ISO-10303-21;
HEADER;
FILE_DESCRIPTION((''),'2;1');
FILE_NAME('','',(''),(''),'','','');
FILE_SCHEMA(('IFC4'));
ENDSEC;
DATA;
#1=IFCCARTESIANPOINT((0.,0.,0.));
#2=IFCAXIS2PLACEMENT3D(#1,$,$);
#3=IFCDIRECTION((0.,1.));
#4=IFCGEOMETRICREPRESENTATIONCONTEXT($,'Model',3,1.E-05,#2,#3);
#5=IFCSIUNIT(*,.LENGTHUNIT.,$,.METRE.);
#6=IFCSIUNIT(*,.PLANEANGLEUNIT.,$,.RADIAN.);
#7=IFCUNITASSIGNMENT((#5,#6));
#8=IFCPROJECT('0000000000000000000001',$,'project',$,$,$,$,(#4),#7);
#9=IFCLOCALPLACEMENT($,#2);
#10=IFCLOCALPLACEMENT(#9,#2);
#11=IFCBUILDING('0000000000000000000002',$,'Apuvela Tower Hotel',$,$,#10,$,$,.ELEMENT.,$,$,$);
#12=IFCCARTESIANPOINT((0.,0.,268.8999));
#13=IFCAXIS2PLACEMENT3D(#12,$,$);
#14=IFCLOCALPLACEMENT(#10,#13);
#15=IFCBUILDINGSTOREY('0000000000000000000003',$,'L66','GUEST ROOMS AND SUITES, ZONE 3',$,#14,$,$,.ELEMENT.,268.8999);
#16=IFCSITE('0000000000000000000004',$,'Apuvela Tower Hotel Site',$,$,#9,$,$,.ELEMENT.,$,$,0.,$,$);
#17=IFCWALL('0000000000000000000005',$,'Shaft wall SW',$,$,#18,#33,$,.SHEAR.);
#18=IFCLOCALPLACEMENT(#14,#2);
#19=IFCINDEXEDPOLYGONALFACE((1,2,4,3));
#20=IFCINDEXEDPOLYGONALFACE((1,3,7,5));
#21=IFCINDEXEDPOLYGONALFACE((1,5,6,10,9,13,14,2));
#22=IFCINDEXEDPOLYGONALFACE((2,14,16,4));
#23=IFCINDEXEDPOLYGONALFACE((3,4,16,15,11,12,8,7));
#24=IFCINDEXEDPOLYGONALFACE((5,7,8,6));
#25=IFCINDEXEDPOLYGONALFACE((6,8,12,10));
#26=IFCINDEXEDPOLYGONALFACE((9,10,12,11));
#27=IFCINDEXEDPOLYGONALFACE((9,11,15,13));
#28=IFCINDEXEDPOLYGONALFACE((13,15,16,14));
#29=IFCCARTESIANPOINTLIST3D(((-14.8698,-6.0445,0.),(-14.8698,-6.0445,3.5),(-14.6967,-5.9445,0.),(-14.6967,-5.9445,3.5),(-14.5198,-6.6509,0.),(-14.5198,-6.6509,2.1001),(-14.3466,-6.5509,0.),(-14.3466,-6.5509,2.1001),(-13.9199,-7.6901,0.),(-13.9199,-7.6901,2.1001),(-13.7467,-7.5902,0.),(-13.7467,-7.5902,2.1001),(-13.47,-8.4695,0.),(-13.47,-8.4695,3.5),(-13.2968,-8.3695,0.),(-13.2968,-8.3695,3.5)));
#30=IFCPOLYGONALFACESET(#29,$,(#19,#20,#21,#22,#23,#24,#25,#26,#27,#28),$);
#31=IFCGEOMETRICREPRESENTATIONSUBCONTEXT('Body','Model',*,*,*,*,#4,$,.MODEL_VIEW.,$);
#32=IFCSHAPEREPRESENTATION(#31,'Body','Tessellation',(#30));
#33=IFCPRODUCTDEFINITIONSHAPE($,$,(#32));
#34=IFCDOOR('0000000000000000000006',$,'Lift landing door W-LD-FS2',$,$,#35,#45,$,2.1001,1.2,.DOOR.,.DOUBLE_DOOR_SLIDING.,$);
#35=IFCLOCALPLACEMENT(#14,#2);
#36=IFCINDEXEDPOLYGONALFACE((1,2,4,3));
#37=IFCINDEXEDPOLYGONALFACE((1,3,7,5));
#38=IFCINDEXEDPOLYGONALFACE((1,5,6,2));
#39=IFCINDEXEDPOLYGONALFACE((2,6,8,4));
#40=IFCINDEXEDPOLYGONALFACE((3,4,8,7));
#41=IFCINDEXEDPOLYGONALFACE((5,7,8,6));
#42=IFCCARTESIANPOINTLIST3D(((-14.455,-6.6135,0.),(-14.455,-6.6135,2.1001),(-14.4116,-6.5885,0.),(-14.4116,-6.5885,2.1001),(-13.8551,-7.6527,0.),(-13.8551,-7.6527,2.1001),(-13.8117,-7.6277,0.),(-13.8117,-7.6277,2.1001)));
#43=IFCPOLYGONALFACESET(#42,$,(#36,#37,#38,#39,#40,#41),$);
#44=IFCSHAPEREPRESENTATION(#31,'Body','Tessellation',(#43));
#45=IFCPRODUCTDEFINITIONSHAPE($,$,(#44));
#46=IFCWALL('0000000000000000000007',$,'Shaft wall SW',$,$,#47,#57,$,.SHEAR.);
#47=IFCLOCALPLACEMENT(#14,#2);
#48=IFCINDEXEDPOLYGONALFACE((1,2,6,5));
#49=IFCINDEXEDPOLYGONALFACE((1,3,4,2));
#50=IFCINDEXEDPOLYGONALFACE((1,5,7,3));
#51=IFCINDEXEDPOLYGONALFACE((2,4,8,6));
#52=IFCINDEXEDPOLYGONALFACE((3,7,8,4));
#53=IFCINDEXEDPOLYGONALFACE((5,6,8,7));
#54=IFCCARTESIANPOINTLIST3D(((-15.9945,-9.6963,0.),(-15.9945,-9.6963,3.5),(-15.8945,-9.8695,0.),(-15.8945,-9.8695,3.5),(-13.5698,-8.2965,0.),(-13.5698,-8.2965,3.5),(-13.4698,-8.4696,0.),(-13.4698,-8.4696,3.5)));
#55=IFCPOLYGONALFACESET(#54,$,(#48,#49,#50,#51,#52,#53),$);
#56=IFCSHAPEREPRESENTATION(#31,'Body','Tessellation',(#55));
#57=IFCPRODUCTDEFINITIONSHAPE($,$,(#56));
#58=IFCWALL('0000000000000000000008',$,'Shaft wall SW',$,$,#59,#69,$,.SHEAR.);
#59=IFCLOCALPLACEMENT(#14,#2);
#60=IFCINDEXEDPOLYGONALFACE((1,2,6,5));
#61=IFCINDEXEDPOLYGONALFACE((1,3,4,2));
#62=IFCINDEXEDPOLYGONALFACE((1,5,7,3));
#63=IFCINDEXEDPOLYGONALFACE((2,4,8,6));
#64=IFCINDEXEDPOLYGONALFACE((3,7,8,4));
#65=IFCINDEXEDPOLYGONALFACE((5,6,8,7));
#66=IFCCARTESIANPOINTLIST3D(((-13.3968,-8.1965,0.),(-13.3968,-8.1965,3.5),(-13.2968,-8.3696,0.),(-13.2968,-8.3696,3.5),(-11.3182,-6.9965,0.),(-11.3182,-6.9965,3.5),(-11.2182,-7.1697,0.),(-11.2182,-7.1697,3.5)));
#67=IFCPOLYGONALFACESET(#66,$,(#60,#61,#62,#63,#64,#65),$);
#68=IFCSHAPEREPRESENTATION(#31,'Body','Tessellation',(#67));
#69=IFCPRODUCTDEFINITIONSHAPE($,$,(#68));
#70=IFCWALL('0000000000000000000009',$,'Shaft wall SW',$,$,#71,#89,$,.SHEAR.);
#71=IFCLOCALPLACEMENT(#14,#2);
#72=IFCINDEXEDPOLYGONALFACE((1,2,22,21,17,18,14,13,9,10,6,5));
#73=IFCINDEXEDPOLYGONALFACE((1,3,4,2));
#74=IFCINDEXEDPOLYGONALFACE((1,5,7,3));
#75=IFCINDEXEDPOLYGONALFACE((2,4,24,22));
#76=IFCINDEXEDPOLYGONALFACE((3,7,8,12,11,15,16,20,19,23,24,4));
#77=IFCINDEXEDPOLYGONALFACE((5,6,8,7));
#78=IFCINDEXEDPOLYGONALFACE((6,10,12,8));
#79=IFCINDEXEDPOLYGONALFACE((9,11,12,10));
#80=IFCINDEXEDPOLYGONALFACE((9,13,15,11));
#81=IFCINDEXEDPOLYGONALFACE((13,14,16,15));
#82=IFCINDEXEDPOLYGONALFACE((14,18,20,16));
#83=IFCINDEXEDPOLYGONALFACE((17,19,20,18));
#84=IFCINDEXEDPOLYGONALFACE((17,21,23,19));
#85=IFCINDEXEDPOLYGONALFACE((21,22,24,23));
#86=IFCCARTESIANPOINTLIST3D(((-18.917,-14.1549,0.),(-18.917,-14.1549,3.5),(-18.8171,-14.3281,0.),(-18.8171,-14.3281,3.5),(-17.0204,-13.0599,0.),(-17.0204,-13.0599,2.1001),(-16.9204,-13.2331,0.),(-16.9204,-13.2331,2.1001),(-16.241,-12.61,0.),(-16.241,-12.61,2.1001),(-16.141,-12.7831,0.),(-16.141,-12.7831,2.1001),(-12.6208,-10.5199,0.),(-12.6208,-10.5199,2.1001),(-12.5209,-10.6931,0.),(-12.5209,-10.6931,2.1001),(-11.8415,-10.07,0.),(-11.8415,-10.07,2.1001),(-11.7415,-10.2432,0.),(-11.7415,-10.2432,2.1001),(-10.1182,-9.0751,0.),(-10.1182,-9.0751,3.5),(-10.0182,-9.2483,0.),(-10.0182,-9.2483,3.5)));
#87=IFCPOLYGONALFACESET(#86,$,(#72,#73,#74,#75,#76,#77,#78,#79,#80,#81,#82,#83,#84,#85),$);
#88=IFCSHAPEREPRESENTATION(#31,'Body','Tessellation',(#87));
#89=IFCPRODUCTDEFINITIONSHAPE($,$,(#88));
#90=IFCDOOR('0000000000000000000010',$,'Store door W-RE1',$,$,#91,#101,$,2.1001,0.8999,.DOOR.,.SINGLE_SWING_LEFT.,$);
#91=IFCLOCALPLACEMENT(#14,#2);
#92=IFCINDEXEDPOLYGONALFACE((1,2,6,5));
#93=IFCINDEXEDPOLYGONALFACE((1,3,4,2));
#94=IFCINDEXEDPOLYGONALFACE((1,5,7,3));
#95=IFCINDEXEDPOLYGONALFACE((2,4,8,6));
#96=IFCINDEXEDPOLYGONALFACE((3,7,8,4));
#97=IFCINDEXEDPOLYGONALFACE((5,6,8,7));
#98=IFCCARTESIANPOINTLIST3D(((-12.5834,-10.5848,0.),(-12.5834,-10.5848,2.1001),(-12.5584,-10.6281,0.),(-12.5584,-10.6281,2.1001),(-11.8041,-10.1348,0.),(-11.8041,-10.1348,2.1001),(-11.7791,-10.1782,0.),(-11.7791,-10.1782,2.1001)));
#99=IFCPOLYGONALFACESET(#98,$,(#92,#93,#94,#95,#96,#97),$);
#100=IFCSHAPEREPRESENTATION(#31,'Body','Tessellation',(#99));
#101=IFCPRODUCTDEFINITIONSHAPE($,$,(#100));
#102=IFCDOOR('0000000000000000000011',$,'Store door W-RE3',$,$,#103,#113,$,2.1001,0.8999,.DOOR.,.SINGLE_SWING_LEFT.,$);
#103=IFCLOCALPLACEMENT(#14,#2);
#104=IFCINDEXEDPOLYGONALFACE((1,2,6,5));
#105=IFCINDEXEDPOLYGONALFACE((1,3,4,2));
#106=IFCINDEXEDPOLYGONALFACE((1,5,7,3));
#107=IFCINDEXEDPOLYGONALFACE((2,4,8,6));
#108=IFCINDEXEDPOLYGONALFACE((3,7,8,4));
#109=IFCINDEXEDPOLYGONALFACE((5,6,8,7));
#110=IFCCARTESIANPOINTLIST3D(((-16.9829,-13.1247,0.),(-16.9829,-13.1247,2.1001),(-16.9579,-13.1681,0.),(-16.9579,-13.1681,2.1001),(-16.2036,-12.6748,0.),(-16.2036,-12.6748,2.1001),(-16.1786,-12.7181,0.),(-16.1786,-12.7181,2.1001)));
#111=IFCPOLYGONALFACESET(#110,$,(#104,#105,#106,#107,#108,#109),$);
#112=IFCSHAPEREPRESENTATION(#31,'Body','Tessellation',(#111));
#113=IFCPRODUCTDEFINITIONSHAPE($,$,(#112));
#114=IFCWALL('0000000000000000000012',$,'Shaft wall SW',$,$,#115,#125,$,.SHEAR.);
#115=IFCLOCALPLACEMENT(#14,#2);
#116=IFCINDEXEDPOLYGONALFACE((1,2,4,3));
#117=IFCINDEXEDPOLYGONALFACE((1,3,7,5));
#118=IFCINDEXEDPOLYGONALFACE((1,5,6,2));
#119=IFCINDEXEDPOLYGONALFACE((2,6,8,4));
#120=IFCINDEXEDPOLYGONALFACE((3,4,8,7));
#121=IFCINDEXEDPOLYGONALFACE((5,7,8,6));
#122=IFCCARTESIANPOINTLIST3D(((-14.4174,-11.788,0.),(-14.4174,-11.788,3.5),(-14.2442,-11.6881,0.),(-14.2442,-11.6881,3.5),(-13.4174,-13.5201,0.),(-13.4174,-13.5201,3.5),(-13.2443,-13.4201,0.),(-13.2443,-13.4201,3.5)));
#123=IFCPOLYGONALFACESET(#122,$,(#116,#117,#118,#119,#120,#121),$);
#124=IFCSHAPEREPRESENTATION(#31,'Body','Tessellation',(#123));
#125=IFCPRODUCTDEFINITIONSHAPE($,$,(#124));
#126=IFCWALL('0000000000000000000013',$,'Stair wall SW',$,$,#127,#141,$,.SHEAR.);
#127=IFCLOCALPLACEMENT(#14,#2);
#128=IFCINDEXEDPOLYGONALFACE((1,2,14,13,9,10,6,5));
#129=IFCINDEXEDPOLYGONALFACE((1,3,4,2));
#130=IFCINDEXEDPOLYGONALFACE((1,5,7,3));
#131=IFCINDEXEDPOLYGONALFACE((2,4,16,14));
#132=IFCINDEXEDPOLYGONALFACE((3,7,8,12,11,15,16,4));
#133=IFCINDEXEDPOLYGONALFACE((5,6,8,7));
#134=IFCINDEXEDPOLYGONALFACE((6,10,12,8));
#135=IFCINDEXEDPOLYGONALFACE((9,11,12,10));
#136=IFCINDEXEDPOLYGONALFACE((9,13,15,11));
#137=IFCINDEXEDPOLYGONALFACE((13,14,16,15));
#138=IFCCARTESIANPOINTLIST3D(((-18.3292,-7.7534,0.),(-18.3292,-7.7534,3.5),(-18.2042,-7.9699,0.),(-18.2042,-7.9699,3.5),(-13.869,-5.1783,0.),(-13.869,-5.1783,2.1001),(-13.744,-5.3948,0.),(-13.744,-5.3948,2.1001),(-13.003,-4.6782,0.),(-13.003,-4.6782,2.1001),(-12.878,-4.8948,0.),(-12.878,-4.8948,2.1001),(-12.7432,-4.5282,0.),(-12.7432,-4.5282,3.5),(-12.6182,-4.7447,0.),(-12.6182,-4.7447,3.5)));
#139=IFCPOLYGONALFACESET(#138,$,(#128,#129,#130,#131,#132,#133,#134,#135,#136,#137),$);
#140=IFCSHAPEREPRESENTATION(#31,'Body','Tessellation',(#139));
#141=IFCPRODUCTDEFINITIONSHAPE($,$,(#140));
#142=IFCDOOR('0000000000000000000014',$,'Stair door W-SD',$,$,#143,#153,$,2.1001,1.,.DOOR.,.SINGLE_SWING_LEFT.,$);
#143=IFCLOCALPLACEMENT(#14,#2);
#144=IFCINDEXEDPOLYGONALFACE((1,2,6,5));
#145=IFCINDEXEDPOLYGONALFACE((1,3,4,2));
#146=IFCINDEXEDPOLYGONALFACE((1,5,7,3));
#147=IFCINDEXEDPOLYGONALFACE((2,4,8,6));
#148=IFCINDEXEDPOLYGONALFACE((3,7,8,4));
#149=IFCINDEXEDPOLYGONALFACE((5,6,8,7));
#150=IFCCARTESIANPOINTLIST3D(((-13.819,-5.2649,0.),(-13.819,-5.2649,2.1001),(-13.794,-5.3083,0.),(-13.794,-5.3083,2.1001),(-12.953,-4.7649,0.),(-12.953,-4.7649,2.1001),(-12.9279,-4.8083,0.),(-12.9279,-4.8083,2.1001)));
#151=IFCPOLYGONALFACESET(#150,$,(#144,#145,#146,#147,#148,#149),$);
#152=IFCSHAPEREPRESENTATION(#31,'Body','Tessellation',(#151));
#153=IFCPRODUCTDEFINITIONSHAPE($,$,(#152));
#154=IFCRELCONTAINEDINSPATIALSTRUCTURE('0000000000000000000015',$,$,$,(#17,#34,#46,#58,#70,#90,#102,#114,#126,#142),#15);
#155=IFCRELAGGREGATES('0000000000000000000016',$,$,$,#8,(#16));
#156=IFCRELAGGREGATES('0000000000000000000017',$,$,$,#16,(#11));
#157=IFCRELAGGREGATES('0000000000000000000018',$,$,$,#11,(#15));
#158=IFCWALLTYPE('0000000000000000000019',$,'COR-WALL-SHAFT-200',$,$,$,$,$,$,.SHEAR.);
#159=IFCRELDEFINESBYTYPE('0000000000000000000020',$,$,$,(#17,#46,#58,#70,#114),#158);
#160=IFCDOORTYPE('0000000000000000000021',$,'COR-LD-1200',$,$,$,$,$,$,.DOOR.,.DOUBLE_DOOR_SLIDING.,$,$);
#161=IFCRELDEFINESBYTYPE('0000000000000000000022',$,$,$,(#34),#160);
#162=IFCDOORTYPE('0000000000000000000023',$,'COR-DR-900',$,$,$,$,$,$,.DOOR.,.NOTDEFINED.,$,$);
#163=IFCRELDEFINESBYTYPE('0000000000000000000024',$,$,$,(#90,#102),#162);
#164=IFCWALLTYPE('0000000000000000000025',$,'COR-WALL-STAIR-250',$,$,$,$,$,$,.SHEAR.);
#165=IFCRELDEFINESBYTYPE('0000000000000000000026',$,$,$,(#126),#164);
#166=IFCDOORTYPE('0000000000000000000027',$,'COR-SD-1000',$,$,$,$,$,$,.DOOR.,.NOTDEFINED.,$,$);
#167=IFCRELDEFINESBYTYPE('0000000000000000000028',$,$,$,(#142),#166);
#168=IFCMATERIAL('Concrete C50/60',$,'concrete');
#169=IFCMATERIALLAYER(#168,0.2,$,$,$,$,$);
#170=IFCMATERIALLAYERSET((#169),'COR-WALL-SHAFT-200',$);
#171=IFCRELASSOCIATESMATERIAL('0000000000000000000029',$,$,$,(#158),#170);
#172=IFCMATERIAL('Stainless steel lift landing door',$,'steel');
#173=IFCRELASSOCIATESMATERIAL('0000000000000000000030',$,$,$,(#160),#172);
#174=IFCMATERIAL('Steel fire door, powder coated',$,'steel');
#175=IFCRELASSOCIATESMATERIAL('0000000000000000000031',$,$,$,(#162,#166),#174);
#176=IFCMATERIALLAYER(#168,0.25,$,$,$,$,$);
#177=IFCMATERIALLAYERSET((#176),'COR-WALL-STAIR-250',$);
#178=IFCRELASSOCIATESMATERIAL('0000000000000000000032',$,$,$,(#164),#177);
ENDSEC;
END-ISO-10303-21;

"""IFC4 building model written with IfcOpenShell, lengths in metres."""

from ifc_helpers import new_model, si_unit, direction, frame, frame_2d, origin, place, context, subcontext, project, spatial, rectangle, extrude, material, layer, layer_set, type_object, element, fill, save


model = new_model("IFC4")

# Units and contexts
model_context = context("Model", 3, precision=1e-05, world=origin(), true_north=direction((0.0, 1.0)))
body_context = subcontext(model_context, "Body", "Model", "MODEL_VIEW")
ifc_project = project(units=[si_unit("LENGTHUNIT", "METRE"), si_unit("PLANEANGLEUNIT", "RADIAN")], contexts=[model_context])

# Site, building, storey
site_placement = place(None, origin())
site = spatial("IfcSite", under=ifc_project, at=site_placement, Name="Apuvela Tower Hotel Site", CompositionType="ELEMENT", RefElevation=0.0)
building_placement = place(site_placement, origin())
building = spatial("IfcBuilding", under=site, at=building_placement, Name="Apuvela Tower Hotel", CompositionType="ELEMENT")
storey_placement = place(building_placement, frame((0.0, 0.0, 268.8999)))
storey = spatial("IfcBuildingStorey", under=building, at=storey_placement, Name="L66", Description="GUEST ROOMS AND SUITES, ZONE 3", CompositionType="ELEMENT", Elevation=268.8999)

# Shared definitions
ifc_material_1 = material(Name="Concrete C50/60", Category="concrete")
ifc_material_2 = material(Name="Steel fire door, powder coated", Category="steel")

# Wall, opening, door
ifc_layer_1 = layer(ifc_material_1, 0.2)
ifc_layer_set_1 = layer_set([ifc_layer_1], Name="COR-WALL-SHAFT-200")
wall_type_1 = type_object("IfcWallType", Name="COR-WALL-SHAFT-200", PredefinedType="SHEAR", material=ifc_layer_set_1)
wall_1_placement = place(storey_placement, frame((-14.7832, -5.9946, 0.0), z_axis=(0.0, 0.0, 1.0), x_axis=(0.499946, -0.866056, 0.0)))
wall_1 = element("IfcWall", 1, at=wall_1_placement, inside=storey, type_object=wall_type_1, Name="Shaft wall SW", PredefinedType="SHEAR", context=body_context, shape_type="SweptSolid", body=[
    extrude(rectangle(XDim=2.8, YDim=0.2, at=frame_2d((1.3999, 0.0))), origin(), (0.0, 0.0, 1.0), 3.5),
])
opening_1_placement = place(wall_1_placement, frame((0.7, 0.0, 0.0)))
opening_1 = element("IfcOpeningElement", 2, at=opening_1_placement, cuts=wall_1, PredefinedType="OPENING", context=body_context, shape_type="SweptSolid", body=[
    extrude(rectangle(XDim=1.2, YDim=2.1001, at=frame_2d((0.6001, 1.05))), frame((0.0, 0.1099, 0.0), z_axis=(0.0, -1.0, 0.0), x_axis=(1.0, 0.0, 0.0)), (0.0, 0.0, 1.0), 0.22),
])
ifc_material_3 = material(Name="Stainless steel lift landing door", Category="steel")
door_type_1 = type_object("IfcDoorType", Name="COR-LD-1200", OperationType="DOUBLE_DOOR_SLIDING", PredefinedType="DOOR", material=ifc_material_3)
door_1_placement = place(opening_1_placement, origin())
door_1 = element("IfcDoor", 3, at=door_1_placement, inside=storey, type_object=door_type_1, Name="Lift landing door W-LD-FS2", OperationType="DOUBLE_DOOR_SLIDING", OverallHeight=2.1001, OverallWidth=1.2, PredefinedType="DOOR", context=body_context, shape_type="SweptSolid", body=[
    extrude(rectangle(XDim=1.2, YDim=2.1001, at=frame_2d((0.6001, 1.05))), frame((0.0, 0.0249, 0.0), z_axis=(0.0, -1.0, 0.0), x_axis=(1.0, 0.0, 0.0)), (0.0, 0.0, 1.0), 0.05),
])
fill(opening_1, door_1)

# Walls
wall_2_placement = place(storey_placement, frame((-13.5198, -8.3831, 0.0), z_axis=(0.0, 0.0, 1.0), x_axis=(-0.866035, -0.499984, 0.0)))
element("IfcWall", 4, at=wall_2_placement, inside=storey, type_object=wall_type_1, Name="Shaft wall SW", PredefinedType="SHEAR", context=body_context, shape_type="SweptSolid", body=[
    extrude(rectangle(XDim=2.7998, YDim=0.2, at=frame_2d((1.3999, 0.0))), origin(), (0.0, 0.0, 1.0), 3.5),
])
wall_3_placement = place(storey_placement, frame((-11.2681, -7.083, 0.0), z_axis=(0.0, 0.0, 1.0), x_axis=(-0.86605, -0.499957, 0.0)))
element("IfcWall", 5, at=wall_3_placement, inside=storey, type_object=wall_type_1, Name="Shaft wall SW", PredefinedType="SHEAR", context=body_context, shape_type="SweptSolid", body=[
    extrude(rectangle(XDim=2.4001, YDim=0.2, at=frame_2d((1.2002, 0.0))), origin(), (0.0, 0.0, 1.0), 3.5),
])

# Wall, openings, doors
wall_4_placement = place(storey_placement, frame((-10.0681, -9.1616, 0.0), z_axis=(0.0, 0.0, 1.0), x_axis=(-0.866033, -0.499987, 0.0)))
wall_4 = element("IfcWall", 6, at=wall_4_placement, inside=storey, type_object=wall_type_1, Name="Shaft wall SW", PredefinedType="SHEAR", context=body_context, shape_type="SweptSolid", body=[
    extrude(rectangle(XDim=10.1599, YDim=0.2, at=frame_2d((5.0801, 0.0))), origin(), (0.0, 0.0, 1.0), 3.5),
])
opening_2_placement = place(wall_4_placement, frame((1.99, 0.0, 0.0)))
opening_2 = element("IfcOpeningElement", 7, at=opening_2_placement, cuts=wall_4, PredefinedType="OPENING", context=body_context, shape_type="SweptSolid", body=[
    extrude(rectangle(XDim=0.8999, YDim=2.1001, at=frame_2d((0.45, 1.05))), frame((0.0, 0.1099, 0.0), z_axis=(0.0, -1.0, 0.0), x_axis=(1.0, 0.0, 0.0)), (0.0, 0.0, 1.0), 0.22),
])
opening_3_placement = place(wall_4_placement, frame((7.0701, 0.0, 0.0)))
opening_3 = element("IfcOpeningElement", 8, at=opening_3_placement, cuts=wall_4, PredefinedType="OPENING", context=body_context, shape_type="SweptSolid", body=[
    extrude(rectangle(XDim=0.8999, YDim=2.1001, at=frame_2d((0.45, 1.05))), frame((0.0, 0.1099, 0.0), z_axis=(0.0, -1.0, 0.0), x_axis=(1.0, 0.0, 0.0)), (0.0, 0.0, 1.0), 0.22),
])
door_type_2 = type_object("IfcDoorType", Name="COR-DR-900", OperationType="NOTDEFINED", PredefinedType="DOOR", material=ifc_material_2)
door_2_placement = place(opening_2_placement, origin())
door_2 = element("IfcDoor", 9, at=door_2_placement, inside=storey, type_object=door_type_2, Name="Store door W-RE1", OperationType="SINGLE_SWING_LEFT", OverallHeight=2.1001, OverallWidth=0.8999, PredefinedType="DOOR", context=body_context, shape_type="SweptSolid", body=[
    extrude(rectangle(XDim=0.8999, YDim=2.1001, at=frame_2d((0.45, 1.05))), frame((0.0, 0.0249, 0.0), z_axis=(0.0, -1.0, 0.0), x_axis=(1.0, 0.0, 0.0)), (0.0, 0.0, 1.0), 0.05),
])
fill(opening_2, door_2)
door_3_placement = place(opening_3_placement, origin())
door_3 = element("IfcDoor", 10, at=door_3_placement, inside=storey, type_object=door_type_2, Name="Store door W-RE3", OperationType="SINGLE_SWING_LEFT", OverallHeight=2.1001, OverallWidth=0.8999, PredefinedType="DOOR", context=body_context, shape_type="SweptSolid", body=[
    extrude(rectangle(XDim=0.8999, YDim=2.1001, at=frame_2d((0.45, 1.05))), frame((0.0, 0.0249, 0.0), z_axis=(0.0, -1.0, 0.0), x_axis=(1.0, 0.0, 0.0)), (0.0, 0.0, 1.0), 0.05),
])
fill(opening_3, door_3)

# Wall
wall_5_placement = place(storey_placement, frame((-14.3308, -11.738, 0.0), z_axis=(0.0, 0.0, 1.0), x_axis=(0.499973, -0.866041, 0.0)))
element("IfcWall", 11, at=wall_5_placement, inside=storey, type_object=wall_type_1, Name="Shaft wall SW", PredefinedType="SHEAR", context=body_context, shape_type="SweptSolid", body=[
    extrude(rectangle(XDim=2.0, YDim=0.2, at=frame_2d((1.0, 0.0))), origin(), (0.0, 0.0, 1.0), 3.5),
])

# Wall, opening, door
ifc_layer_2 = layer(ifc_material_1, 0.25)
ifc_layer_set_2 = layer_set([ifc_layer_2], Name="COR-WALL-STAIR-250")
wall_type_2 = type_object("IfcWallType", Name="COR-WALL-STAIR-250", PredefinedType="SHEAR", material=ifc_layer_set_2)
wall_6_placement = place(storey_placement, frame((-12.6807, -4.6365, 0.0), z_axis=(0.0, 0.0, 1.0), x_axis=(-0.866022, -0.500006, 0.0)))
wall_6 = element("IfcWall", 12, at=wall_6_placement, inside=storey, type_object=wall_type_2, Name="Stair wall SW", PredefinedType="SHEAR", context=body_context, shape_type="SweptSolid", body=[
    extrude(rectangle(XDim=6.4502, YDim=0.25, at=frame_2d((3.2251, 0.0))), origin(), (0.0, 0.0, 1.0), 3.5),
])
opening_4_placement = place(wall_6_placement, frame((0.3, 0.0, 0.0)))
opening_4 = element("IfcOpeningElement", 13, at=opening_4_placement, cuts=wall_6, PredefinedType="OPENING", context=body_context, shape_type="SweptSolid", body=[
    extrude(rectangle(XDim=1.0, YDim=2.1001, at=frame_2d((0.5, 1.05))), frame((0.0, 0.135, 0.0), z_axis=(0.0, -1.0, 0.0), x_axis=(1.0, 0.0, 0.0)), (0.0, 0.0, 1.0), 0.27),
])
door_type_3 = type_object("IfcDoorType", Name="COR-SD-1000", OperationType="NOTDEFINED", PredefinedType="DOOR", material=ifc_material_2)
door_4_placement = place(opening_4_placement, frame((1.0, 0.0, 0.0), z_axis=(0.0, 0.0, 1.0), x_axis=(-1.0, 0.0, 0.0)))
door_4 = element("IfcDoor", 14, at=door_4_placement, inside=storey, type_object=door_type_3, Name="Stair door W-SD", OperationType="SINGLE_SWING_LEFT", OverallHeight=2.1001, OverallWidth=1.0, PredefinedType="DOOR", context=body_context, shape_type="SweptSolid", body=[
    extrude(rectangle(XDim=1.0, YDim=2.1001, at=frame_2d((0.5, 1.05))), frame((0.0, 0.0249, 0.0), z_axis=(0.0, -1.0, 0.0), x_axis=(1.0, 0.0, 0.0)), (0.0, 0.0, 1.0), 0.05),
])
fill(opening_4, door_4)

save(model, "model.ifc")
